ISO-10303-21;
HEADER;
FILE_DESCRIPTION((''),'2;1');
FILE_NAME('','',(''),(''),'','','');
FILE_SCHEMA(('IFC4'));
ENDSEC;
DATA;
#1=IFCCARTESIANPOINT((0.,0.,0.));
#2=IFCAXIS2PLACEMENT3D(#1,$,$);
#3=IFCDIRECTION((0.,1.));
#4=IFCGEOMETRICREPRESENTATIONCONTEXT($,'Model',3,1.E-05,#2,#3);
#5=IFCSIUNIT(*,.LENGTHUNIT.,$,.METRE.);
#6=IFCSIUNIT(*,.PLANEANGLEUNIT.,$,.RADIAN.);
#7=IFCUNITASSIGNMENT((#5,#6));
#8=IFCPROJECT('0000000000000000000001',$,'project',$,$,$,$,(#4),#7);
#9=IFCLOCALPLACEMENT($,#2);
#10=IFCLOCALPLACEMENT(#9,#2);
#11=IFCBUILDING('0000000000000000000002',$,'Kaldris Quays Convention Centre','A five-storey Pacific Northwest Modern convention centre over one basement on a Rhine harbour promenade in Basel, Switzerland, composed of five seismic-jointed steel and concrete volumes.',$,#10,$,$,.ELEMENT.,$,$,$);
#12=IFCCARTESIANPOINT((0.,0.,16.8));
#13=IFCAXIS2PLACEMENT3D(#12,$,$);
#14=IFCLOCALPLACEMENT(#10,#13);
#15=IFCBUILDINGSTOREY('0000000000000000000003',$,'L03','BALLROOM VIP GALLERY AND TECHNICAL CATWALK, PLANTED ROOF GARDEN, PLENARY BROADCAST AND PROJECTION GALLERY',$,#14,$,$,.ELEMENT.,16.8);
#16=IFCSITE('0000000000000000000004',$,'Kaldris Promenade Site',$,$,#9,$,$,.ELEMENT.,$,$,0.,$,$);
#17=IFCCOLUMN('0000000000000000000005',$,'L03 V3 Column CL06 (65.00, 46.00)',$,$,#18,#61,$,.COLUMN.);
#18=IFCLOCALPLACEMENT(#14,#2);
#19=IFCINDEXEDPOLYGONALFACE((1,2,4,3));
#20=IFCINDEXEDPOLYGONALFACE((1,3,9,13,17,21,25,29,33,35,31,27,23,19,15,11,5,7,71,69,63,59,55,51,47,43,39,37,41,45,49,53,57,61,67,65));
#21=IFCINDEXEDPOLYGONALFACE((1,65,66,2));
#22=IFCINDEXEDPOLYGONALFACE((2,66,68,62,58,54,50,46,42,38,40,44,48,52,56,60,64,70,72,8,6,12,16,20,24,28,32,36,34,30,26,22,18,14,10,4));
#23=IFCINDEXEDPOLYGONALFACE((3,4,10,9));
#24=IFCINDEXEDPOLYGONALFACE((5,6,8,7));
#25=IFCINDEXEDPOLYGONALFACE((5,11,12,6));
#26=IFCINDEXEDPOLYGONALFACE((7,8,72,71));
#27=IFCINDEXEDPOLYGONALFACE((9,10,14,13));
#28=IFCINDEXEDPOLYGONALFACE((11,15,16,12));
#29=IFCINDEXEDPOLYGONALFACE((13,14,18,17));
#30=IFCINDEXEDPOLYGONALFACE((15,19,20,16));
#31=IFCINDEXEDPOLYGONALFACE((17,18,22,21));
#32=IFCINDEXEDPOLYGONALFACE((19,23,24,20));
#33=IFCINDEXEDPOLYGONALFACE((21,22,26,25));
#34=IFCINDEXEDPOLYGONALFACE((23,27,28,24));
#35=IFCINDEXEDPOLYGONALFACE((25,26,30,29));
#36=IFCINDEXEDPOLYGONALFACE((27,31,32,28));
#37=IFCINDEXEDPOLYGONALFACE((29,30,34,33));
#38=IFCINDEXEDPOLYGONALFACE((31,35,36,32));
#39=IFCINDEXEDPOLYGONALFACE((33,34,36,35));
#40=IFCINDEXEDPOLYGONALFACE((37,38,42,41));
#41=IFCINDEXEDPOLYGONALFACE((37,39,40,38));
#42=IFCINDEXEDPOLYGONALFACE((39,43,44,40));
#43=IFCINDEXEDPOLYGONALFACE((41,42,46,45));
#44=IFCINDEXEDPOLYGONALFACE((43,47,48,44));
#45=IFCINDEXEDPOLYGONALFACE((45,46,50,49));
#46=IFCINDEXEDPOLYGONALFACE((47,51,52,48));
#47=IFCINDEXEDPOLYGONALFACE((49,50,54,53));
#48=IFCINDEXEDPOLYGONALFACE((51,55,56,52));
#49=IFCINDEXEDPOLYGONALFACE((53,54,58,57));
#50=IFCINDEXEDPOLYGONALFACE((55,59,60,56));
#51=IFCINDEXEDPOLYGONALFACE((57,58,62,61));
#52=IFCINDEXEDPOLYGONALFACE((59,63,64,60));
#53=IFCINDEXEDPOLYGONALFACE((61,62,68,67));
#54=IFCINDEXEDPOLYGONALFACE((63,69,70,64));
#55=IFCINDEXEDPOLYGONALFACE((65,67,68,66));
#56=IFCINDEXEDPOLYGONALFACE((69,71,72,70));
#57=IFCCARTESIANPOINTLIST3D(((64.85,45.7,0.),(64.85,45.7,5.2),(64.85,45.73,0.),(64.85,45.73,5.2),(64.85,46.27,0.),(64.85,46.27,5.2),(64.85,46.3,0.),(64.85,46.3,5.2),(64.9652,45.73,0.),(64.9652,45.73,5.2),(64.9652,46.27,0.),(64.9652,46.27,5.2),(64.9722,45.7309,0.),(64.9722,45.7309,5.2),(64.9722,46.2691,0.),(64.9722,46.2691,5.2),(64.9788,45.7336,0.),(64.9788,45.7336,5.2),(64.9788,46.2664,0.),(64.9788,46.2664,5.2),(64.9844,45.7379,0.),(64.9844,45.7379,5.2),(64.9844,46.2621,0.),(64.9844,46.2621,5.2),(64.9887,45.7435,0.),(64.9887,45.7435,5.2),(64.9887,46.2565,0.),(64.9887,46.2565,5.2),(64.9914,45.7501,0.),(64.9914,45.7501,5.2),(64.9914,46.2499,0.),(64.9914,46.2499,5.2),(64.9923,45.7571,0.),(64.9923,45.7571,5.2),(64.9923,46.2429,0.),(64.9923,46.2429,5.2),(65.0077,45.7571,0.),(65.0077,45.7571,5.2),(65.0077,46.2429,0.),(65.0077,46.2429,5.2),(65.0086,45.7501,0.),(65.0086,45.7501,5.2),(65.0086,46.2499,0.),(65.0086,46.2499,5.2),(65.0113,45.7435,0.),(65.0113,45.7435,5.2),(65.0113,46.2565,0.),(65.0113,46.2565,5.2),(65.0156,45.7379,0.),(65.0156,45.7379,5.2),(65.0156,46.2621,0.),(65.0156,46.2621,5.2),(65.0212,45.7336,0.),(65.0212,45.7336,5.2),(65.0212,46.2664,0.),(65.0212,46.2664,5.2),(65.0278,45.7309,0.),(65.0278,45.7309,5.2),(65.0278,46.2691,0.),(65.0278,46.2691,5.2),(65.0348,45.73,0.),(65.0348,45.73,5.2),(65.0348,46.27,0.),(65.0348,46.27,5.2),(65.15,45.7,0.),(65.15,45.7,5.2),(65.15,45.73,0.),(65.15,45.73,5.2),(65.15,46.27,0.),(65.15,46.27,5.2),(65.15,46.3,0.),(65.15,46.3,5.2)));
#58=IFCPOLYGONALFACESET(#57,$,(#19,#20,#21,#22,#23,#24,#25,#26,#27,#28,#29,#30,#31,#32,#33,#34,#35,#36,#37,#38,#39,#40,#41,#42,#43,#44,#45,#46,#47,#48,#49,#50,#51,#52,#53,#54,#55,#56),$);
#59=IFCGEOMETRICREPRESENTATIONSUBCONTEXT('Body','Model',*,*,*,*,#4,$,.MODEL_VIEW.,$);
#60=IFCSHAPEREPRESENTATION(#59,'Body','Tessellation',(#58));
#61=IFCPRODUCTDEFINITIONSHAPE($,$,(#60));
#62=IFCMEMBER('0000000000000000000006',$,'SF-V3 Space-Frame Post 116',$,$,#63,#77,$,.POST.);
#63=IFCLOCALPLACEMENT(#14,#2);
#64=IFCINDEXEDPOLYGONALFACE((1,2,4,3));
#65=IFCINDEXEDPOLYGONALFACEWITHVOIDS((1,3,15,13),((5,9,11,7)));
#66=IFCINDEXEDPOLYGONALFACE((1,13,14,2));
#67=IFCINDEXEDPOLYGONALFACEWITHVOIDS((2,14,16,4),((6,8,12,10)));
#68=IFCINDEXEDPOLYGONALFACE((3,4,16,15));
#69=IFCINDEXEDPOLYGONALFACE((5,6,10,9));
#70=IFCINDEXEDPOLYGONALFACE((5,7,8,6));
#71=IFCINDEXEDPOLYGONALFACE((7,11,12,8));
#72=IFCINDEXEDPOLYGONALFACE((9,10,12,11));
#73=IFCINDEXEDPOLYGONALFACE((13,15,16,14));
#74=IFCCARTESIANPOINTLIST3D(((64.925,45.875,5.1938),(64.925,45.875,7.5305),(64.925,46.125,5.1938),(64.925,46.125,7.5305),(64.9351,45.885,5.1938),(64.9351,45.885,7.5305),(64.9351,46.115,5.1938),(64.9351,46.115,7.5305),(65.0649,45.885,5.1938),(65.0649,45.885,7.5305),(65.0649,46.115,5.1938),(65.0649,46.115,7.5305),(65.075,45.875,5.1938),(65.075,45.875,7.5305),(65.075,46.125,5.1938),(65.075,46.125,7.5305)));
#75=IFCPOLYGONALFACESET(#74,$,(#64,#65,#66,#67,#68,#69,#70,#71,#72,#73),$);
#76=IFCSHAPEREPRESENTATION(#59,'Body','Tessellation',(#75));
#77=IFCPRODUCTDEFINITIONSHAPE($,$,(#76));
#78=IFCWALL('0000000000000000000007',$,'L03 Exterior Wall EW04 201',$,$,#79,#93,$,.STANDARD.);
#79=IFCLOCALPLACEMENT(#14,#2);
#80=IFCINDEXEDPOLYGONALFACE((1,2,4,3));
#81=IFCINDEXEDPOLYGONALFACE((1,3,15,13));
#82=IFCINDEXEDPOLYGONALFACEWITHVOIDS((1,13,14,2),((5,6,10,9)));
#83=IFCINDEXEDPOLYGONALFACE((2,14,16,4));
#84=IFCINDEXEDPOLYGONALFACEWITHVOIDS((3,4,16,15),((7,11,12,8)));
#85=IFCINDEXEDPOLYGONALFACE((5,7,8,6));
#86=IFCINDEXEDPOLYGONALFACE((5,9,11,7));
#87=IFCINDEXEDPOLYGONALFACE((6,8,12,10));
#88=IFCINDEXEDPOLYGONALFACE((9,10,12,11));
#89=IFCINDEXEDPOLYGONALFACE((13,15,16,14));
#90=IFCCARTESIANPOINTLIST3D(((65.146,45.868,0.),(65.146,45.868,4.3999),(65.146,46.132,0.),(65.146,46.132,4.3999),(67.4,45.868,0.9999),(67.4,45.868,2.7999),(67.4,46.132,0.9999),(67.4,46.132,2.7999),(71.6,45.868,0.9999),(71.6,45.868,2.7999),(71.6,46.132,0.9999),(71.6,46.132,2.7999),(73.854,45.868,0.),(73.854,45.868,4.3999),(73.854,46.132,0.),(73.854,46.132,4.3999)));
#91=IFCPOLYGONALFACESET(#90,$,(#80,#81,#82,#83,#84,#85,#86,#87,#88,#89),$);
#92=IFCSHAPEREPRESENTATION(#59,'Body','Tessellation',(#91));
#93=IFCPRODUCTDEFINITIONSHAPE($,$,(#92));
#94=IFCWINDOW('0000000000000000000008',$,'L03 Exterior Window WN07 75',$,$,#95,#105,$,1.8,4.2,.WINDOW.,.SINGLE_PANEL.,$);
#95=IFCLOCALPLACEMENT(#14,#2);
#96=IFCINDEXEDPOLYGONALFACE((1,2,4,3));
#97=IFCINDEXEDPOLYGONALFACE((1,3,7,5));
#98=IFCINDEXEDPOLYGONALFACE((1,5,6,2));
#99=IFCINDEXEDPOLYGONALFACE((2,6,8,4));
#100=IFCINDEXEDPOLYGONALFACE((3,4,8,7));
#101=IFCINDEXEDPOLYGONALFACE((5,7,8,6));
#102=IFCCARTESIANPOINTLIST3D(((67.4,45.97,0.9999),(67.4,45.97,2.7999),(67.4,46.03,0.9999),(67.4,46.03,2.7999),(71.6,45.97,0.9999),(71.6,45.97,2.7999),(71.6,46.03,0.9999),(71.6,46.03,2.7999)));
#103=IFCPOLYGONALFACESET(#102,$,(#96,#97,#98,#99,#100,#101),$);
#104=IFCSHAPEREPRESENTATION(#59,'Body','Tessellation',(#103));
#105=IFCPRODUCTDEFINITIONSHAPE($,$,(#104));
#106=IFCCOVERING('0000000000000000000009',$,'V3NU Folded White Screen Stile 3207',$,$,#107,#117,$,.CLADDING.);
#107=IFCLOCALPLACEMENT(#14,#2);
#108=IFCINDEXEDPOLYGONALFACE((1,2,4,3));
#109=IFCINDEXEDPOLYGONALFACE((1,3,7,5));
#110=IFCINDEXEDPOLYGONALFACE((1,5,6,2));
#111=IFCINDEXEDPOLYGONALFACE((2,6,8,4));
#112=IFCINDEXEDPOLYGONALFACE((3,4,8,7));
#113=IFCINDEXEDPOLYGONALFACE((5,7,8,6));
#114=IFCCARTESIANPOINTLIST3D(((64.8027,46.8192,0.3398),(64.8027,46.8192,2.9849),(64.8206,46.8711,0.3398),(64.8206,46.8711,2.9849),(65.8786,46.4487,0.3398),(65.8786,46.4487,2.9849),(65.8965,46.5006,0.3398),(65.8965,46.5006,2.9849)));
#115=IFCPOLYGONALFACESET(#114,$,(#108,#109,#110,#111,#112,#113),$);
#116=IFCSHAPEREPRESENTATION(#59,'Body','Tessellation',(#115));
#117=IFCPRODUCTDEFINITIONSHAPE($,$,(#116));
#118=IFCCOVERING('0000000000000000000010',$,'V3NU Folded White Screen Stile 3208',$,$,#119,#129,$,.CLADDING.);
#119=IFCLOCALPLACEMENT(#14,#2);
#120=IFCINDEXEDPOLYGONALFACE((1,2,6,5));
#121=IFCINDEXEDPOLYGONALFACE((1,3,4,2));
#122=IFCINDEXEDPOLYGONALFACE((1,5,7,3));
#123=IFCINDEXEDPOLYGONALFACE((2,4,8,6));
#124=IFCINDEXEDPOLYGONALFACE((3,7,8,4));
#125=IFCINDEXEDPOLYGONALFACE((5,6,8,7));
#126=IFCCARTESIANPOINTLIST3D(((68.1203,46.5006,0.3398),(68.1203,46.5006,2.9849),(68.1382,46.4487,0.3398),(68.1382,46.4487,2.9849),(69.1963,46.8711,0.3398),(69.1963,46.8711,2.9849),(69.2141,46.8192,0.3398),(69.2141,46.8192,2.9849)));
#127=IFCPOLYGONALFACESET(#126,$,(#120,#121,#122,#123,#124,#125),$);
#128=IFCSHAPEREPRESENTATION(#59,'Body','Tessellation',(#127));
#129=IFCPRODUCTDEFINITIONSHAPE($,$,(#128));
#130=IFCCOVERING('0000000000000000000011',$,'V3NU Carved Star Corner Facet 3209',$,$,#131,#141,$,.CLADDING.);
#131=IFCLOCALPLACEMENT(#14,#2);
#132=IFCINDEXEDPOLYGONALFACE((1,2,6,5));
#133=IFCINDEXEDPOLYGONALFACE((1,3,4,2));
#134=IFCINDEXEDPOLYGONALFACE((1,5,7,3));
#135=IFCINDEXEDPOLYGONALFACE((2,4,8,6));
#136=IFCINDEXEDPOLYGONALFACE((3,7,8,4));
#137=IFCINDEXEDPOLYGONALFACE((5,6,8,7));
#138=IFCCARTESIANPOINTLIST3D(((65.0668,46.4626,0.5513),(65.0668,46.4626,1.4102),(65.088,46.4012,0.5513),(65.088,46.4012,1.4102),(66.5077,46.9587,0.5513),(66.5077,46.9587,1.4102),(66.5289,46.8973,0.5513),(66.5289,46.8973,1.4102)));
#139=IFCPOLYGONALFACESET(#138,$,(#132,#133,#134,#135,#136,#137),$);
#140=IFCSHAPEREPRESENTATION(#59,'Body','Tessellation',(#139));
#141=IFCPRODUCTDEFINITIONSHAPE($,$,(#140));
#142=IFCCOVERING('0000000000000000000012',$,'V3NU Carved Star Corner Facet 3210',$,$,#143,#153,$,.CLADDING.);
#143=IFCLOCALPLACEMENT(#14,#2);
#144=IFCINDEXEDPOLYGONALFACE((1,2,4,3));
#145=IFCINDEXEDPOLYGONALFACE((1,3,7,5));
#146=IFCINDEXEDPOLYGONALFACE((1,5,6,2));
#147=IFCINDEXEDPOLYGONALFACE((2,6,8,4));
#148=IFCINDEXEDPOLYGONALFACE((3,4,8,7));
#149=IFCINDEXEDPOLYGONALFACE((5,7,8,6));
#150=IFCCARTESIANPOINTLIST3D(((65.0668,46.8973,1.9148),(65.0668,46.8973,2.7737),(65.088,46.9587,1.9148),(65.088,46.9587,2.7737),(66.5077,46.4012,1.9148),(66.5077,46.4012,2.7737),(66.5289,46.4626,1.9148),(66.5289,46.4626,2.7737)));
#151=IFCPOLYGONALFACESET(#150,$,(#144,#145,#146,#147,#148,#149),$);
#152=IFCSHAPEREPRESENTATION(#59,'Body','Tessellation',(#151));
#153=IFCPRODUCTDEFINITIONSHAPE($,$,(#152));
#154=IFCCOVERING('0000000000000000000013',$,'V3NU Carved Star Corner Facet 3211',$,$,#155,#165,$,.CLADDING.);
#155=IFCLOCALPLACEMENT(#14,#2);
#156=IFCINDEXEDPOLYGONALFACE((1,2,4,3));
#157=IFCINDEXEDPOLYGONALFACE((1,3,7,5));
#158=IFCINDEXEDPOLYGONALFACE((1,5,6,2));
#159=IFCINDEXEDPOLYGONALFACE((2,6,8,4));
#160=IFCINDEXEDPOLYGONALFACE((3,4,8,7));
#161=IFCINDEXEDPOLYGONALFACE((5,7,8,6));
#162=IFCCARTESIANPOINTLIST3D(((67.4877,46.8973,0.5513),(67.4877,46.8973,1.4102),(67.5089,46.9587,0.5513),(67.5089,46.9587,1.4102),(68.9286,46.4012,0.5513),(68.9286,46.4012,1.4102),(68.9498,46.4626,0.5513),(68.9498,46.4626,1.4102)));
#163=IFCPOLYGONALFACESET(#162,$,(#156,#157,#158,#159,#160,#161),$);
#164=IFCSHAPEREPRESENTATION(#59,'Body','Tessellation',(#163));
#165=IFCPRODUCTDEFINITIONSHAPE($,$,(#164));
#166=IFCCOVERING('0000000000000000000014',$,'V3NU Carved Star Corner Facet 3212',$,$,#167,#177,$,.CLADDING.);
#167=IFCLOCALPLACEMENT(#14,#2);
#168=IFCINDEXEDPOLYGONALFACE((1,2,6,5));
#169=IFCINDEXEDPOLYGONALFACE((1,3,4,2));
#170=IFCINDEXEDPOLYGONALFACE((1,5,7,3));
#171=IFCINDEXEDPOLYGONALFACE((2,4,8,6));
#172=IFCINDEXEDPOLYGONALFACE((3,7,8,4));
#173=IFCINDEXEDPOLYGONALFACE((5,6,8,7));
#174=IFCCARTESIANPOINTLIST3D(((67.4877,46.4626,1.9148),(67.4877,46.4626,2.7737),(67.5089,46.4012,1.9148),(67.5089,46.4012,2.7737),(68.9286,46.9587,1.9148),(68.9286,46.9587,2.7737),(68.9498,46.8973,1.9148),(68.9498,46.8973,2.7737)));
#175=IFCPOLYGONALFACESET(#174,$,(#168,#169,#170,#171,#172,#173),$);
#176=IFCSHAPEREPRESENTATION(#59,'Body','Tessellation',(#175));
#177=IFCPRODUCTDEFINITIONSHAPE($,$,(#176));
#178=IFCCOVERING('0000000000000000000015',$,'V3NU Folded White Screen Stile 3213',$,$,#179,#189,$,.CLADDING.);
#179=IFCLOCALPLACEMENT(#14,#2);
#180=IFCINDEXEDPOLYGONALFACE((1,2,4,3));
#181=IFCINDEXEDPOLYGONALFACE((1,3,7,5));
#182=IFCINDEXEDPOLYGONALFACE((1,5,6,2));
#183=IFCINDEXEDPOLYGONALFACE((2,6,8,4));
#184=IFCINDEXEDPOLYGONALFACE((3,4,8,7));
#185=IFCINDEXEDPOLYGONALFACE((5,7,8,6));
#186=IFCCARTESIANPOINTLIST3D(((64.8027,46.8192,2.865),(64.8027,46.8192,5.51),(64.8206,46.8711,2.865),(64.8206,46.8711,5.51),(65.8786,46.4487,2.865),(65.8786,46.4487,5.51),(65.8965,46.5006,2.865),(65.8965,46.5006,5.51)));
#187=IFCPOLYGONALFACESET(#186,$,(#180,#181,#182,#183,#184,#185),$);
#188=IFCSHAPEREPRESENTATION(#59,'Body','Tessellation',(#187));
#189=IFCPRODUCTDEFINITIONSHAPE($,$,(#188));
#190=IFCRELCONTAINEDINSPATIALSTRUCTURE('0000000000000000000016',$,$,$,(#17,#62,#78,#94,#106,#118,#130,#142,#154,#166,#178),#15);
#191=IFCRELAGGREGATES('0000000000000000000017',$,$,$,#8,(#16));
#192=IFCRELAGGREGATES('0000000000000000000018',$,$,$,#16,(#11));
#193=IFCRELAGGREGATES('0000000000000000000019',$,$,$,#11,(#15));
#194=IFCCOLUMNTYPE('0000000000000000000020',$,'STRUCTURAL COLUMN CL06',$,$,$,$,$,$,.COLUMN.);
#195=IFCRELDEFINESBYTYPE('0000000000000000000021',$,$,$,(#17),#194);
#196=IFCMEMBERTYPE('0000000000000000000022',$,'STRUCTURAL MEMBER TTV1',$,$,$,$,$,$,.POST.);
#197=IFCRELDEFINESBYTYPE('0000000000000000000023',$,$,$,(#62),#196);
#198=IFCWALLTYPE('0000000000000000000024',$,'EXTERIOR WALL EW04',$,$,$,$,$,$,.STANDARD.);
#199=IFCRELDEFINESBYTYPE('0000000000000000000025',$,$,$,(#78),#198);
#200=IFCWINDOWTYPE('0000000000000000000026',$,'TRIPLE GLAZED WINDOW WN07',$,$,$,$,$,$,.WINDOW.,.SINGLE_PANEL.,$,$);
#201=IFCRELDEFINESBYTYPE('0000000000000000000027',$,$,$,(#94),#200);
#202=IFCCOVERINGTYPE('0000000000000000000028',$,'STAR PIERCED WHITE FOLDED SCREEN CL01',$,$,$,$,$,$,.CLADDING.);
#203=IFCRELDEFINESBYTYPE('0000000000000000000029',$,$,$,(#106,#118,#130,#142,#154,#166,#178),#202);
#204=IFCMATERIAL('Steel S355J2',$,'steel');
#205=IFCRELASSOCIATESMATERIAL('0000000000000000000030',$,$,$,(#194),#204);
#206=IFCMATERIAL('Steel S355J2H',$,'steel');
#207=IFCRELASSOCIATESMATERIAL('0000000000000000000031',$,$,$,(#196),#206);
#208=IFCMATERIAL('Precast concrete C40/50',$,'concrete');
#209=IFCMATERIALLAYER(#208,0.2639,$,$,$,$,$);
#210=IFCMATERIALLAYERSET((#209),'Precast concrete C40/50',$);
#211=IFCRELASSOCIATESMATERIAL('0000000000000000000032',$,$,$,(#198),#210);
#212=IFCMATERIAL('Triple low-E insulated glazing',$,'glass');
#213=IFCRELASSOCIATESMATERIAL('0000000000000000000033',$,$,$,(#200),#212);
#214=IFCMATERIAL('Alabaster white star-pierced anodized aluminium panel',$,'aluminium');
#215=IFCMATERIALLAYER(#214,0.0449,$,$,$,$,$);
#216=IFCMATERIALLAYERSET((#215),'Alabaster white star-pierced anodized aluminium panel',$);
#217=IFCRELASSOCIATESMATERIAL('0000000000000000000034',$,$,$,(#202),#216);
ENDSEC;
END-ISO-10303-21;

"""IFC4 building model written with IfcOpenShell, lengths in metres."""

from ifc_helpers import new_model, si_unit, direction, frame, frame_2d, origin, origin_2d, place, context, subcontext, project, spatial, rectangle, hollow_rectangle, i_section, extrude, material, layer, layer_set, material_profile, profile_set, type_object, element, fill, save


model = new_model("IFC4")

# Units and contexts
model_context = context("Model", 3, precision=1e-05, world=origin(), true_north=direction((0.0, 1.0)))
body_context = subcontext(model_context, "Body", "Model", "MODEL_VIEW")
ifc_project = project(units=[si_unit("LENGTHUNIT", "METRE"), si_unit("PLANEANGLEUNIT", "RADIAN")], contexts=[model_context])

# Site, building, storey
site_placement = place(None, origin())
site = spatial("IfcSite", under=ifc_project, at=site_placement, Name="Kaldris Promenade Site", CompositionType="ELEMENT", RefElevation=0.0)
building_placement = place(site_placement, origin())
building = spatial("IfcBuilding", under=site, at=building_placement, Name="Kaldris Quays Convention Centre", Description="A five-storey Pacific Northwest Modern convention centre over one basement on a Rhine harbour promenade in Basel, Switzerland, composed of five seismic-jointed steel and concrete volumes.", CompositionType="ELEMENT")
storey_placement = place(building_placement, frame((0.0, 0.0, 16.8)))
storey = spatial("IfcBuildingStorey", under=building, at=storey_placement, Name="L03", Description="BALLROOM VIP GALLERY AND TECHNICAL CATWALK, PLANTED ROOF GARDEN, PLENARY BROADCAST AND PROJECTION GALLERY", CompositionType="ELEMENT", Elevation=16.8)

# Column
ifc_material_1 = material(Name="Steel S355J2", Category="steel")
ifc_material_profile_1 = material_profile(ifc_material_1, i_section(OverallWidth=0.3, OverallDepth=0.6001, WebThickness=0.0154, FlangeThickness=0.03, FilletRadius=0.0271, at=origin_2d()), Name="HEB 600")
ifc_profile_set_1 = profile_set([ifc_material_profile_1], Name="Steel S355J2")
column_type = type_object("IfcColumnType", Name="STRUCTURAL COLUMN CL06", PredefinedType="COLUMN", material=ifc_profile_set_1)
column_placement = place(storey_placement, frame((65.0, 46.0, 0.0), z_axis=(0.0, 0.0, 1.0), x_axis=(1.0, 0.0, 0.0)))
element("IfcColumn", 1, at=column_placement, inside=storey, type_object=column_type, Name="L03 V3 Column CL06 (65.00, 46.00)", PredefinedType="COLUMN", context=body_context, shape_type="SweptSolid", body=[
    extrude(i_section(OverallWidth=0.3, OverallDepth=0.6001, WebThickness=0.0154, FlangeThickness=0.03, FilletRadius=0.0271, at=origin_2d()), origin(), (0.0, 0.0, 1.0), 5.2),
])

# Member
ifc_material_2 = material(Name="Steel S355J2H", Category="steel")
ifc_material_profile_2 = material_profile(ifc_material_2, hollow_rectangle(XDim=0.1499, YDim=0.25, WallThickness=0.01, at=origin_2d()), Name="RHS 250x150x10")
ifc_profile_set_2 = profile_set([ifc_material_profile_2], Name="Steel S355J2H")
member_type = type_object("IfcMemberType", Name="STRUCTURAL MEMBER TTV1", PredefinedType="POST", material=ifc_profile_set_2)
member_placement = place(storey_placement, frame((65.0, 46.0, 5.1938), z_axis=(0.0, 0.0, 1.0), x_axis=(1.0, 0.0, 0.0)))
element("IfcMember", 2, at=member_placement, inside=storey, type_object=member_type, Name="SF-V3 Space-Frame Post 116", PredefinedType="POST", context=body_context, shape_type="SweptSolid", body=[
    extrude(hollow_rectangle(XDim=0.1499, YDim=0.25, WallThickness=0.01, at=origin_2d()), origin(), (0.0, 0.0, 1.0), 2.3367),
])

# Wall, opening, window
ifc_material_3 = material(Name="Precast concrete C40/50", Category="concrete")
ifc_layer_1 = layer(ifc_material_3, 0.2639)
ifc_layer_set_1 = layer_set([ifc_layer_1], Name="Precast concrete C40/50")
wall_type = type_object("IfcWallType", Name="EXTERIOR WALL EW04", PredefinedType="STANDARD", material=ifc_layer_set_1)
wall_placement = place(storey_placement, frame((65.146, 46.0, 0.0), z_axis=(0.0, 0.0, 1.0), x_axis=(1.0, 0.0, 0.0)))
wall = element("IfcWall", 3, at=wall_placement, inside=storey, type_object=wall_type, Name="L03 Exterior Wall EW04 201", PredefinedType="STANDARD", context=body_context, shape_type="SweptSolid", body=[
    extrude(rectangle(XDim=8.708, YDim=0.2639, at=frame_2d((4.354, 0.0))), origin(), (0.0, 0.0, 1.0), 4.3999),
])
opening_placement = place(wall_placement, frame((2.2539, 0.0, 1.0)))
opening = element("IfcOpeningElement", 4, at=opening_placement, cuts=wall, PredefinedType="OPENING", context=body_context, shape_type="SweptSolid", body=[
    extrude(rectangle(XDim=4.2, YDim=1.8, at=frame_2d((2.1001, 0.8999))), frame((0.0, 0.1421, 0.0), z_axis=(0.0, -1.0, 0.0), x_axis=(1.0, 0.0, 0.0)), (0.0, 0.0, 1.0), 0.2839),
])
ifc_material_4 = material(Name="Triple low-E insulated glazing", Category="glass")
window_type = type_object("IfcWindowType", Name="TRIPLE GLAZED WINDOW WN07", PartitioningType="SINGLE_PANEL", PredefinedType="WINDOW", material=ifc_material_4)
window_placement = place(opening_placement, origin())
window = element("IfcWindow", 5, at=window_placement, inside=storey, type_object=window_type, Name="L03 Exterior Window WN07 75", OverallHeight=1.8, OverallWidth=4.2, PartitioningType="SINGLE_PANEL", PredefinedType="WINDOW", context=body_context, shape_type="SweptSolid", body=[
    extrude(rectangle(XDim=4.2, YDim=1.8, at=frame_2d((2.1001, 0.8999))), frame((0.0, 0.03, 0.0), z_axis=(0.0, -1.0, 0.0), x_axis=(1.0, 0.0, 0.0)), (0.0, 0.0, 1.0), 0.0601),
])
fill(opening, window)

# Coverings
ifc_material_5 = material(Name="Alabaster white star-pierced anodized aluminium panel", Category="aluminium")
ifc_layer_2 = layer(ifc_material_5, 0.0449)
ifc_layer_set_2 = layer_set([ifc_layer_2], Name="Alabaster white star-pierced anodized aluminium panel")
covering_type = type_object("IfcCoveringType", Name="STAR PIERCED WHITE FOLDED SCREEN CL01", PredefinedType="CLADDING", material=ifc_layer_set_2)
for number, where, z_axis, x_axis, name in (
    (6, (65.3496, 46.6599, 0.3398), (0.0, 0.0, 1.0), (0.945519, -0.325568, 0.0), "V3NU Folded White Screen Stile 3207"),
    (7, (68.6672, 46.6599, 0.3398), (0.0, 0.0, 1.0), (0.945519, 0.325568, 0.0), "V3NU Folded White Screen Stile 3208"),
):
    element("IfcCovering", number, at=place(storey_placement, frame(where, z_axis=z_axis, x_axis=x_axis)), inside=storey, type_object=covering_type, Name=name, PredefinedType="CLADDING", context=body_context, shape_type="SweptSolid", body=[
        extrude(rectangle(XDim=1.1379, YDim=0.0549, at=origin_2d()), origin(), (0.0, 0.0, 1.0), 2.645),
    ])
for number, where, z_axis, x_axis, name in (
    (8, (65.7979, 46.6799, 0.5513), (0.0, 0.0, 1.0), (0.945519, 0.325568, 0.0), "V3NU Carved Star Corner Facet 3209"),
    (9, (65.7979, 46.6799, 1.9148), (0.0, 0.0, 1.0), (0.945519, -0.325568, 0.0), "V3NU Carved Star Corner Facet 3210"),
    (10, (68.2188, 46.6799, 0.5513), (0.0, 0.0, 1.0), (0.945519, -0.325568, 0.0), "V3NU Carved Star Corner Facet 3211"),
    (11, (68.2188, 46.6799, 1.9148), (0.0, 0.0, 1.0), (0.945519, 0.325568, 0.0), "V3NU Carved Star Corner Facet 3212"),
):
    element("IfcCovering", number, at=place(storey_placement, frame(where, z_axis=z_axis, x_axis=x_axis)), inside=storey, type_object=covering_type, Name=name, PredefinedType="CLADDING", context=body_context, shape_type="SweptSolid", body=[
        extrude(rectangle(XDim=1.5239, YDim=0.0649, at=origin_2d()), origin(), (0.0, 0.0, 1.0), 0.8589),
    ])
for number, where, z_axis, x_axis, name in (
    (12, (65.3496, 46.6599, 2.865), (0.0, 0.0, 1.0), (0.945519, -0.325568, 0.0), "V3NU Folded White Screen Stile 3213"),
):
    element("IfcCovering", number, at=place(storey_placement, frame(where, z_axis=z_axis, x_axis=x_axis)), inside=storey, type_object=covering_type, Name=name, PredefinedType="CLADDING", context=body_context, shape_type="SweptSolid", body=[
        extrude(rectangle(XDim=1.1379, YDim=0.0549, at=origin_2d()), origin(), (0.0, 0.0, 1.0), 2.645),
    ])

save(model, "model.ifc")
